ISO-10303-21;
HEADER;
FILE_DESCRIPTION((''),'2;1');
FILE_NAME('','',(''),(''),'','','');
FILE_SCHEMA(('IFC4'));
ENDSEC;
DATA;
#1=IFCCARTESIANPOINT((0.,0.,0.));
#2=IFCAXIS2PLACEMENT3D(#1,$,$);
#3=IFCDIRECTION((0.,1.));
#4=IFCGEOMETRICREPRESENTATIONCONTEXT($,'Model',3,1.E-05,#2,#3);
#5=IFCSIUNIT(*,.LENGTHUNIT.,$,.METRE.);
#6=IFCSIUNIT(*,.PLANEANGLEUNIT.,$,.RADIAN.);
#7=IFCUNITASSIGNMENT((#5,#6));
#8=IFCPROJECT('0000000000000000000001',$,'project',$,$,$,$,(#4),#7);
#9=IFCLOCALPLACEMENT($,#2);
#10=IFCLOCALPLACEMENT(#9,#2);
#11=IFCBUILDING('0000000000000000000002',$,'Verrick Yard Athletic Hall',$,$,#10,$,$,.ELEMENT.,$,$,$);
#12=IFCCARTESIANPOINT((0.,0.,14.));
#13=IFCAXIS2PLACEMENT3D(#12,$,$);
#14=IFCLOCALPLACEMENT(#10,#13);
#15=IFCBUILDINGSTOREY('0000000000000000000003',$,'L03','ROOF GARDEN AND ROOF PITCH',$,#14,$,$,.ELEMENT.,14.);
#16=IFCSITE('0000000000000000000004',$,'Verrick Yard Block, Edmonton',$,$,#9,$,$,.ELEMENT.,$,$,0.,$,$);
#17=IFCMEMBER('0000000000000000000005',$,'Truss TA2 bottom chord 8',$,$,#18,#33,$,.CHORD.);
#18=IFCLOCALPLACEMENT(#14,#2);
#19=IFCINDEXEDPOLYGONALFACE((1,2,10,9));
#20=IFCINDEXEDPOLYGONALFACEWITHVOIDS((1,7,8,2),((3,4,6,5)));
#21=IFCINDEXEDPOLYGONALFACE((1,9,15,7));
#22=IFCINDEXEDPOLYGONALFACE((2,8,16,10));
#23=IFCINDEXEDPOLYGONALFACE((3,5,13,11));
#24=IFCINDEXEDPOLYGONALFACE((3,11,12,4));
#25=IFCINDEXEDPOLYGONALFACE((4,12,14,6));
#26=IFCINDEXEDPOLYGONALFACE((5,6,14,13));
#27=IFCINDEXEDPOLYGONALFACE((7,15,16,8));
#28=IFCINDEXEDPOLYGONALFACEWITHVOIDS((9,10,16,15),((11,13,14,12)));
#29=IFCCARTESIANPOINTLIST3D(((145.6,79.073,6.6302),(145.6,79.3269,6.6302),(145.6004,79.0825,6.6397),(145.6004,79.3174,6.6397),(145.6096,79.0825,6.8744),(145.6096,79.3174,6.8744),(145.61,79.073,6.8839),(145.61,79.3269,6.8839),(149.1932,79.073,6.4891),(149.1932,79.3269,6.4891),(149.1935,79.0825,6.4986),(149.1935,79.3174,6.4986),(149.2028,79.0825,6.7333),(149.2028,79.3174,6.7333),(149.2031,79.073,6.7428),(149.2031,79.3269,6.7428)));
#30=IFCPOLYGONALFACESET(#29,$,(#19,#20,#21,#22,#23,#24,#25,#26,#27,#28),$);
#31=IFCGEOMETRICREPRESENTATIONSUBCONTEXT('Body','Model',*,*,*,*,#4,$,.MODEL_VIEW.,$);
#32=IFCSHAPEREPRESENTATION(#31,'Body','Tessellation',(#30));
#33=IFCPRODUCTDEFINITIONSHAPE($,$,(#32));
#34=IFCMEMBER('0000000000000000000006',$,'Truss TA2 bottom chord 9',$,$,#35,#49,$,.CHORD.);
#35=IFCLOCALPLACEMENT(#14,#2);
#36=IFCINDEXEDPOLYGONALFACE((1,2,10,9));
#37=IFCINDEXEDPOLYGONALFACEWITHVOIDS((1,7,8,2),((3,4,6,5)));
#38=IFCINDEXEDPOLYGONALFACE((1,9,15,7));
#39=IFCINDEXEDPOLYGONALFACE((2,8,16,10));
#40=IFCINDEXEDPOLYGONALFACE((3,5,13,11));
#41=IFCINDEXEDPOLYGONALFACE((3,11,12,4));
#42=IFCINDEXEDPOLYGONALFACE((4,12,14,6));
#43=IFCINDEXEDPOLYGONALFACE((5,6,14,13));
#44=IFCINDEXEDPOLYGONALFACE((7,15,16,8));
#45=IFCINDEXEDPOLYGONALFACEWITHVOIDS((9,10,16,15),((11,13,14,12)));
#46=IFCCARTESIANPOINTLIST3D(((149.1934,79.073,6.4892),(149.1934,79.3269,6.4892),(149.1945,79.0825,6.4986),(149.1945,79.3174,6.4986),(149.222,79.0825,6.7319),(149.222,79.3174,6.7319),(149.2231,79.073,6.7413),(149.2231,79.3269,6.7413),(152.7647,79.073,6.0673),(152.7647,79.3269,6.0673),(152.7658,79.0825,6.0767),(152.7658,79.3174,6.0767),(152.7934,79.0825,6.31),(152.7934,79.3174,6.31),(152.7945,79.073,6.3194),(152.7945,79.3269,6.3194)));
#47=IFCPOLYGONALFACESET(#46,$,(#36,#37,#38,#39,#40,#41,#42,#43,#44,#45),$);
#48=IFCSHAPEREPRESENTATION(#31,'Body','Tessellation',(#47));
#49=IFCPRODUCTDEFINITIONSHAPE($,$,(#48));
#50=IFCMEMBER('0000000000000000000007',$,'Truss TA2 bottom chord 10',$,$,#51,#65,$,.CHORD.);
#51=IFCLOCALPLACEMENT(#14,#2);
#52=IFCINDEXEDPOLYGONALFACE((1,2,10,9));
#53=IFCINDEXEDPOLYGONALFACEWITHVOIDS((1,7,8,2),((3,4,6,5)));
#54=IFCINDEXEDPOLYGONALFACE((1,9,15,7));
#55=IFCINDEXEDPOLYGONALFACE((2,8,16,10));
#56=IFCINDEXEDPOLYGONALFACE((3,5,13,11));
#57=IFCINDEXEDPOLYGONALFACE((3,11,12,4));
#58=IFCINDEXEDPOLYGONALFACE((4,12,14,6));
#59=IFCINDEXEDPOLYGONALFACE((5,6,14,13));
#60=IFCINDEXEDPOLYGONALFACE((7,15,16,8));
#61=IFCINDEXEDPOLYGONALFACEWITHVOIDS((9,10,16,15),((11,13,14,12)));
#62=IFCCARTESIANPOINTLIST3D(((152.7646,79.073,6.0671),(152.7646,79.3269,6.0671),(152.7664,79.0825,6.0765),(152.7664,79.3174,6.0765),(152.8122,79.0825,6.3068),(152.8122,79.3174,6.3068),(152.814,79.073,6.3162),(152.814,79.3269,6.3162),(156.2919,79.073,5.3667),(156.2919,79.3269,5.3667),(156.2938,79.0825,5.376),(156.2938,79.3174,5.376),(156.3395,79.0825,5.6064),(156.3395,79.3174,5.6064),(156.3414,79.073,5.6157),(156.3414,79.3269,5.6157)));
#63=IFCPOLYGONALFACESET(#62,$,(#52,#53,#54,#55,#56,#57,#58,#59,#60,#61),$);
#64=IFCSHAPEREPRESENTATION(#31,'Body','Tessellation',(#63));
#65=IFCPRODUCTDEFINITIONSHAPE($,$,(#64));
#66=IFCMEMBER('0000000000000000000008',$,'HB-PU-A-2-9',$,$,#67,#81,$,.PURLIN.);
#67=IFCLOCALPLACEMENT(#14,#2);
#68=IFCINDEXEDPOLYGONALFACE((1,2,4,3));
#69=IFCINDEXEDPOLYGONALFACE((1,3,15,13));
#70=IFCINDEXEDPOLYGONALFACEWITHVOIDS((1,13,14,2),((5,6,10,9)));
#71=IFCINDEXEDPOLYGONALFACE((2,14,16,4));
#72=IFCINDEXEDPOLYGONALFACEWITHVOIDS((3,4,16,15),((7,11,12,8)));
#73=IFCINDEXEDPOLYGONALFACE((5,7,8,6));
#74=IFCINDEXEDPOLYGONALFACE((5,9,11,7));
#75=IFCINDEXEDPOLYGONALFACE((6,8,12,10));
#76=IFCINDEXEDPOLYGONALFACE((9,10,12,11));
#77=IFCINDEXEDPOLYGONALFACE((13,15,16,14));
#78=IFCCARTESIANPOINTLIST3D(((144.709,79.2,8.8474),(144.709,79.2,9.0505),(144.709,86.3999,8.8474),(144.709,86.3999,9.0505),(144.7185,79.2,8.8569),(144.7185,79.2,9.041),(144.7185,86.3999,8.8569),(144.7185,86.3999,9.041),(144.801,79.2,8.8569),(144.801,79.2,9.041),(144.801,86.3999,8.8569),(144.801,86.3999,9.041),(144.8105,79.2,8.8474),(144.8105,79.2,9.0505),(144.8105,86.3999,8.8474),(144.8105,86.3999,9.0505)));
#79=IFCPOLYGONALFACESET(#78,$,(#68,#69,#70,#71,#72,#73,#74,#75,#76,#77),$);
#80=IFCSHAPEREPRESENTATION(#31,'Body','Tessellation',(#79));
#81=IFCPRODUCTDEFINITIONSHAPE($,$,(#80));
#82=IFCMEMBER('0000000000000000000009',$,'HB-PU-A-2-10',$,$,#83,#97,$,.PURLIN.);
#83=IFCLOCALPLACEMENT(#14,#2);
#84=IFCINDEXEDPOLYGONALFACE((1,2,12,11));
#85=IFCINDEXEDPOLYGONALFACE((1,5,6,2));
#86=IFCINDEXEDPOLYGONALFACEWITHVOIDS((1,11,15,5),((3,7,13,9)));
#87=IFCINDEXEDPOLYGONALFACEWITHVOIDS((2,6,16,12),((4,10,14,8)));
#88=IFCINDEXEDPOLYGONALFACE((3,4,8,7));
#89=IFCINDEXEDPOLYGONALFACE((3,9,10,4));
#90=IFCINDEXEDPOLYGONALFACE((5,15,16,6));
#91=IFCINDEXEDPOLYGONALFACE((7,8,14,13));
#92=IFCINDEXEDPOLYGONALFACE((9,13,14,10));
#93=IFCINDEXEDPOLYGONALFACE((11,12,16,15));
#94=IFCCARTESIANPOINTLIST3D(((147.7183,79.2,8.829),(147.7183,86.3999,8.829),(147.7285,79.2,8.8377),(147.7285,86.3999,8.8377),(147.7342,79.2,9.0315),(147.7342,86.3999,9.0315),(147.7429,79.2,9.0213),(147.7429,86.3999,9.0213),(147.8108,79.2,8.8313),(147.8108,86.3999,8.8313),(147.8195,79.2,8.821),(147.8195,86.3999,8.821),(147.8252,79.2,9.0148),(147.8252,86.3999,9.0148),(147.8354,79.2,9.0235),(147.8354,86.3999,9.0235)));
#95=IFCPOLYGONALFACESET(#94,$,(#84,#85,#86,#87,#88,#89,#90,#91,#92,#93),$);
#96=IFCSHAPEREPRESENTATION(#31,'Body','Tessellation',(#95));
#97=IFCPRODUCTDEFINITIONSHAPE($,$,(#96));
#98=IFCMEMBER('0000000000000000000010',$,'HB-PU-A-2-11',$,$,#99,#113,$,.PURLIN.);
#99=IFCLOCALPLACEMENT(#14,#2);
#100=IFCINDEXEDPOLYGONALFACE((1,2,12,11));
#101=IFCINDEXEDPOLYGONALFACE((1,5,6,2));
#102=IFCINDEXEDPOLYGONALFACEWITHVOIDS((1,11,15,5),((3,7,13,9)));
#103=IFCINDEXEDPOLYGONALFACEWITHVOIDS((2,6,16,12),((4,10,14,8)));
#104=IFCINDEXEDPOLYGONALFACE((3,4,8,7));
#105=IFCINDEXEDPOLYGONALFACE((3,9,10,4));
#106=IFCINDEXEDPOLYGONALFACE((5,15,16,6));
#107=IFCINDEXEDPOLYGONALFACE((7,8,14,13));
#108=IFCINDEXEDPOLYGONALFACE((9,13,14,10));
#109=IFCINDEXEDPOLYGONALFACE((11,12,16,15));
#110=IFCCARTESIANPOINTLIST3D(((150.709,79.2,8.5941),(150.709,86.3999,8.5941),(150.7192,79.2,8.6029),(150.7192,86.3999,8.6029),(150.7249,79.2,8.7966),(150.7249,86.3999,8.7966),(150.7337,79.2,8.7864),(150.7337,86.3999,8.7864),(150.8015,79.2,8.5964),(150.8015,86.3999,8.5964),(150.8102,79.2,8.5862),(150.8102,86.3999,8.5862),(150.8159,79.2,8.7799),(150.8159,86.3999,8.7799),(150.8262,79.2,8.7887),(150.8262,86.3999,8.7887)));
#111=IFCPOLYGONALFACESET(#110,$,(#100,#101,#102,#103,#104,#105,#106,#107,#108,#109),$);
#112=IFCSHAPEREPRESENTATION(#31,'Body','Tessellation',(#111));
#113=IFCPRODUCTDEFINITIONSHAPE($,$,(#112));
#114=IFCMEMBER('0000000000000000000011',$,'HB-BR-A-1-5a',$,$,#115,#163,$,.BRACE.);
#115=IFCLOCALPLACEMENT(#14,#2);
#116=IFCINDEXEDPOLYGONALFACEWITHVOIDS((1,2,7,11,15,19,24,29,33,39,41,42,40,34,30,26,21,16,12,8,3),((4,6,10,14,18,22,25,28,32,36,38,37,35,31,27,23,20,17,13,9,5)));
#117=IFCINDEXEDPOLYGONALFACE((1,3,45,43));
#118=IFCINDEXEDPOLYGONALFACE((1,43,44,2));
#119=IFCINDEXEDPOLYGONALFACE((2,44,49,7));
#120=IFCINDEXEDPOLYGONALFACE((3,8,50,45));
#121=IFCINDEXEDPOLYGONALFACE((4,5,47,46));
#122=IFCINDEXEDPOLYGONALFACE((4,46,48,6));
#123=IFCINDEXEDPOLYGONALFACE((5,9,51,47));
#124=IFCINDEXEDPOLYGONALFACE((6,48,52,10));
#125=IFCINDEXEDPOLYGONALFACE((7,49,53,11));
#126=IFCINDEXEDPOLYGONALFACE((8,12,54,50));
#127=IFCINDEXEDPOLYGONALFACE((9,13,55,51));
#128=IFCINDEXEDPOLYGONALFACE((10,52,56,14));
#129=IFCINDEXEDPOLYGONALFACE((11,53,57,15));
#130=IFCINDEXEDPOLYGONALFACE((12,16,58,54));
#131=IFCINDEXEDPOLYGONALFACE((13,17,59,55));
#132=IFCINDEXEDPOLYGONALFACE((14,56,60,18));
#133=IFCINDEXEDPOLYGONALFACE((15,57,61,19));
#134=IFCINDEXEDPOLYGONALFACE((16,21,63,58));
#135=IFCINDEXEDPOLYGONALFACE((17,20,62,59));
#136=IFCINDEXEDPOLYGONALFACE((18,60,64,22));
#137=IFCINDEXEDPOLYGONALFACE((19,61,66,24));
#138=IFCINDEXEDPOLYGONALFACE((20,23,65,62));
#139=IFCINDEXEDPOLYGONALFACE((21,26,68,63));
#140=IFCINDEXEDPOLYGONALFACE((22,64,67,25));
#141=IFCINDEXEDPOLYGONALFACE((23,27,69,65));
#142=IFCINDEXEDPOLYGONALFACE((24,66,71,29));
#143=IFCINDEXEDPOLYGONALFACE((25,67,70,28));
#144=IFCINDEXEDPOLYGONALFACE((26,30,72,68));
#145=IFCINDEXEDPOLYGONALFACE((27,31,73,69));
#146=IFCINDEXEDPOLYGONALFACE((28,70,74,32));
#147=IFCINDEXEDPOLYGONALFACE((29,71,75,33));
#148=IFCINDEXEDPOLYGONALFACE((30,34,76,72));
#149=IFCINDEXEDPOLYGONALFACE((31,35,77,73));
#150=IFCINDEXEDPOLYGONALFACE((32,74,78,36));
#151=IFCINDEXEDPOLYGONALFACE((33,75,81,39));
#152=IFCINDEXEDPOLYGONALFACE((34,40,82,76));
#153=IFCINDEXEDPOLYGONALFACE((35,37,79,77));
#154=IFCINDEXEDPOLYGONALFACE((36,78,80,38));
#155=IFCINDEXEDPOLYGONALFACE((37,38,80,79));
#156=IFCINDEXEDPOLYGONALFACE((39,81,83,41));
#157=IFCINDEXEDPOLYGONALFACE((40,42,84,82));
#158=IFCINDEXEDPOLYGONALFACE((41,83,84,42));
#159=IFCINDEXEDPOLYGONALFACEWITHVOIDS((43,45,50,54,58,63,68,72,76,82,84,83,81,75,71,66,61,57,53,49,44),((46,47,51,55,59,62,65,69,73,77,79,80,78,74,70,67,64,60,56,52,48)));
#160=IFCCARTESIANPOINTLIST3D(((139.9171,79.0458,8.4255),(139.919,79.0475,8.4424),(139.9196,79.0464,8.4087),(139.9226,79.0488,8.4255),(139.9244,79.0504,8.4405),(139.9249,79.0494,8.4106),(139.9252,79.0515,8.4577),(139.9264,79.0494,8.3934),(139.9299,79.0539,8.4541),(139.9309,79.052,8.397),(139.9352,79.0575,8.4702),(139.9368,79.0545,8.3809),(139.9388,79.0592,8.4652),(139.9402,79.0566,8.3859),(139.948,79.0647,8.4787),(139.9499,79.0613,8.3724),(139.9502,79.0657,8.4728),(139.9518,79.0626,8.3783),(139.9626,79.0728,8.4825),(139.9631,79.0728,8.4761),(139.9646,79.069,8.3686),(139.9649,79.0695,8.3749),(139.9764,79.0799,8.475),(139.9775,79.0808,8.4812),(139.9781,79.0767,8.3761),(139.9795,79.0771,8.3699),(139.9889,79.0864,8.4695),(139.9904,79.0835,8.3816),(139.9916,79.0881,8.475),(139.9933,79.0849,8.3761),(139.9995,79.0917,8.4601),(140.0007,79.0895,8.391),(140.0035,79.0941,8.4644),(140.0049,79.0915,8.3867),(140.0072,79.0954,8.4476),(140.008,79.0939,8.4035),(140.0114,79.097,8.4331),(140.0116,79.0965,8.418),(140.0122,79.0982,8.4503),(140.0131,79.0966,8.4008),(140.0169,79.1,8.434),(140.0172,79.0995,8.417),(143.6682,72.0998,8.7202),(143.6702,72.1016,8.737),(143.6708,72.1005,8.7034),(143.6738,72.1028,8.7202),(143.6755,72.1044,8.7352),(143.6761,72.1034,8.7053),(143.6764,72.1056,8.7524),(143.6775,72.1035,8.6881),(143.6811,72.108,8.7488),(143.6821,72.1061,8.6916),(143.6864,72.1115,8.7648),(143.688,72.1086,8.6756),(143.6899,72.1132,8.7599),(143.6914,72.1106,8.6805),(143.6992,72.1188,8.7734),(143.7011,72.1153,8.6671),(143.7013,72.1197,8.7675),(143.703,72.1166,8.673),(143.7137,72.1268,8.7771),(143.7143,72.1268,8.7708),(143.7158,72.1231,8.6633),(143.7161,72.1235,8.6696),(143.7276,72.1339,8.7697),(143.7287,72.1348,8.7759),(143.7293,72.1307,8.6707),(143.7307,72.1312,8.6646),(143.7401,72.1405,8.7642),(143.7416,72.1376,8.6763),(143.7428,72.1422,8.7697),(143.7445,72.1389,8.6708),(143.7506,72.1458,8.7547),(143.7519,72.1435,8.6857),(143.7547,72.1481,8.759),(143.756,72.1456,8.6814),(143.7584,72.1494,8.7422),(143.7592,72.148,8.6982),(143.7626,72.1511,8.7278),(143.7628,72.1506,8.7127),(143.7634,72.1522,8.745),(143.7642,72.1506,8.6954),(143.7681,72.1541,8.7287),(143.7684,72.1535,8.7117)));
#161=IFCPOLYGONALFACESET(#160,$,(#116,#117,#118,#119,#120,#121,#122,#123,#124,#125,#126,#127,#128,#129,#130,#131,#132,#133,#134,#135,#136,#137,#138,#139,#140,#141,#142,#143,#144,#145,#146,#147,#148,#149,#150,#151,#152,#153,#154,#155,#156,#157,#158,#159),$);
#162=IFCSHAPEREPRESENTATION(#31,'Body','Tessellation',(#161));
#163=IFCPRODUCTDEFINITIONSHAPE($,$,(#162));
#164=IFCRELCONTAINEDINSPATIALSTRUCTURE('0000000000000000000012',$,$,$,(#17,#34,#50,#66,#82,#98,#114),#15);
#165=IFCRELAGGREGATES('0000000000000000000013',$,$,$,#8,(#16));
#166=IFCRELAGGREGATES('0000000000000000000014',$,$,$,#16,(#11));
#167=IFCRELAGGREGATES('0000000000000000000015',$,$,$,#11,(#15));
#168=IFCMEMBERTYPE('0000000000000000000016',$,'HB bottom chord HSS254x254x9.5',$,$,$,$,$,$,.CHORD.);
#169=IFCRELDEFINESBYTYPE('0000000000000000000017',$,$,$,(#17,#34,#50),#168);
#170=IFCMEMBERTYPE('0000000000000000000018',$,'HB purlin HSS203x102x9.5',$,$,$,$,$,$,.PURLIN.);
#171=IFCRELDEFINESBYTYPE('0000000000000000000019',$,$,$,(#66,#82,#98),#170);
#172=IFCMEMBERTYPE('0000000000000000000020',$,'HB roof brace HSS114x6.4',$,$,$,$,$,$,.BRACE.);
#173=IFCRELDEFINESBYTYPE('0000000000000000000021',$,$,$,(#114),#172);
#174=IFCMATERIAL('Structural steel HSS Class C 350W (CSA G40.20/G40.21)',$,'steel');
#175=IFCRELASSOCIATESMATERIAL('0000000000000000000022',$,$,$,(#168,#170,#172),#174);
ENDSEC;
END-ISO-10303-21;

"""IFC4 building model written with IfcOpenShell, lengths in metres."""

from ifc_helpers import new_model, si_unit, direction, frame, origin, origin_2d, place, context, subcontext, project, spatial, hollow_rectangle, hollow_circle, extrude, material, material_profile, profile_set, type_object, element, save


model = new_model("IFC4")

# Units and contexts
model_context = context("Model", 3, precision=1e-05, world=origin(), true_north=direction((0.0, 1.0)))
body_context = subcontext(model_context, "Body", "Model", "MODEL_VIEW")
ifc_project = project(units=[si_unit("LENGTHUNIT", "METRE"), si_unit("PLANEANGLEUNIT", "RADIAN")], contexts=[model_context])

# Site, building, storey
site_placement = place(None, origin())
site = spatial("IfcSite", under=ifc_project, at=site_placement, Name="Verrick Yard Block, Edmonton", CompositionType="ELEMENT", RefElevation=0.0)
building_placement = place(site_placement, origin())
building = spatial("IfcBuilding", under=site, at=building_placement, Name="Verrick Yard Athletic Hall", CompositionType="ELEMENT")
storey_placement = place(building_placement, frame((0.0, 0.0, 14.0)))
storey = spatial("IfcBuildingStorey", under=building, at=storey_placement, Name="L03", Description="ROOF GARDEN AND ROOF PITCH", CompositionType="ELEMENT", Elevation=14.0)

# Members
ifc_material_1 = material(Name="Structural steel HSS Class C 350W (CSA G40.20/G40.21)", Category="steel")
ifc_material_profile_1 = material_profile(ifc_material_1, hollow_rectangle(XDim=0.2539, YDim=0.2539, WallThickness=0.0095, at=origin_2d()), Name="HSS254x254x9.5")
ifc_profile_set_1 = profile_set([ifc_material_profile_1], Name="Structural steel HSS Class C 350W (CSA G40.20/G40.21)")
member_type_1 = type_object("IfcMemberType", Name="HB bottom chord HSS254x254x9.5", PredefinedType="CHORD", material=ifc_profile_set_1)
member_1_placement = place(storey_placement, frame((145.605, 79.2, 6.7571), z_axis=(0.99923, 0.0, -0.039241), x_axis=(0.0, 1.0, 0.0)))
element("IfcMember", 1, at=member_1_placement, inside=storey, type_object=member_type_1, Name="Truss TA2 bottom chord 8", PredefinedType="CHORD", context=body_context, shape_type="SweptSolid", body=[
    extrude(hollow_rectangle(XDim=0.2539, YDim=0.2539, WallThickness=0.0095, at=origin_2d()), origin(), (0.0, 0.0, 1.0), 3.5959),
])
for number, where, z_axis, x_axis, name in (
    (2, (149.2083, 79.2, 6.6152), (0.993095, 0.0, -0.117314), (0.0, 1.0, 0.0), "Truss TA2 bottom chord 9"),
    (3, (152.7893, 79.2, 6.1917), (0.980849, 0.0, -0.194771), (0.0, 1.0, 0.0), "Truss TA2 bottom chord 10"),
):
    element("IfcMember", number, at=place(storey_placement, frame(where, z_axis=z_axis, x_axis=x_axis)), inside=storey, type_object=member_type_1, Name=name, PredefinedType="CHORD", context=body_context, shape_type="SweptSolid", body=[
        extrude(hollow_rectangle(XDim=0.2539, YDim=0.2539, WallThickness=0.0095, at=origin_2d()), origin(), (0.0, 0.0, 1.0), 3.5962),
    ])
ifc_material_profile_2 = material_profile(ifc_material_1, hollow_rectangle(XDim=0.1016, YDim=0.2031, WallThickness=0.0095, at=origin_2d()), Name="HSS203x102x9.5")
ifc_profile_set_2 = profile_set([ifc_material_profile_2], Name="Structural steel HSS Class C 350W (CSA G40.20/G40.21)")
member_type_2 = type_object("IfcMemberType", Name="HB purlin HSS203x102x9.5", PredefinedType="PURLIN", material=ifc_profile_set_2)
for number, where, z_axis, x_axis, name in (
    (4, (144.7598, 79.2, 8.949), (0.0, 1.0, 0.0), (-1.0, 0.0, 0.0), "HB-PU-A-2-9"),
    (5, (147.7769, 79.2, 8.9263), (0.0, 1.0, 0.0), (-0.996927, 0.0, 0.078332), "HB-PU-A-2-10"),
    (6, (150.7676, 79.2, 8.6914), (0.0, 1.0, 0.0), (-0.996927, 0.0, 0.078332), "HB-PU-A-2-11"),
):
    element("IfcMember", number, at=place(storey_placement, frame(where, z_axis=z_axis, x_axis=x_axis)), inside=storey, type_object=member_type_2, Name=name, PredefinedType="PURLIN", context=body_context, shape_type="SweptSolid", body=[
        extrude(hollow_rectangle(XDim=0.1016, YDim=0.2031, WallThickness=0.0095, at=origin_2d()), origin(), (0.0, 0.0, 1.0), 7.2),
    ])
ifc_material_profile_3 = material_profile(ifc_material_1, hollow_circle(Radius=0.0571, WallThickness=0.0063, at=origin_2d()), Name="HSS114x6.4")
ifc_profile_set_3 = profile_set([ifc_material_profile_3], Name="Structural steel HSS Class C 350W (CSA G40.20/G40.21)")
member_type_3 = type_object("IfcMemberType", Name="HB roof brace HSS114x6.4", PredefinedType="BRACE", material=ifc_profile_set_3)
member_2_placement = place(storey_placement, frame((143.7185, 72.127, 8.7202), z_axis=(-0.474853, 0.879274, -0.037302), x_axis=(-0.879887, -0.475184, 0.0)))
element("IfcMember", 7, at=member_2_placement, inside=storey, type_object=member_type_3, Name="HB-BR-A-1-5a", PredefinedType="BRACE", context=body_context, shape_type="SweptSolid", body=[
    extrude(hollow_circle(Radius=0.0571, WallThickness=0.0063, at=origin_2d()), origin(), (0.0, 0.0, 1.0), 7.8997),
])

save(model, "model.ifc")
